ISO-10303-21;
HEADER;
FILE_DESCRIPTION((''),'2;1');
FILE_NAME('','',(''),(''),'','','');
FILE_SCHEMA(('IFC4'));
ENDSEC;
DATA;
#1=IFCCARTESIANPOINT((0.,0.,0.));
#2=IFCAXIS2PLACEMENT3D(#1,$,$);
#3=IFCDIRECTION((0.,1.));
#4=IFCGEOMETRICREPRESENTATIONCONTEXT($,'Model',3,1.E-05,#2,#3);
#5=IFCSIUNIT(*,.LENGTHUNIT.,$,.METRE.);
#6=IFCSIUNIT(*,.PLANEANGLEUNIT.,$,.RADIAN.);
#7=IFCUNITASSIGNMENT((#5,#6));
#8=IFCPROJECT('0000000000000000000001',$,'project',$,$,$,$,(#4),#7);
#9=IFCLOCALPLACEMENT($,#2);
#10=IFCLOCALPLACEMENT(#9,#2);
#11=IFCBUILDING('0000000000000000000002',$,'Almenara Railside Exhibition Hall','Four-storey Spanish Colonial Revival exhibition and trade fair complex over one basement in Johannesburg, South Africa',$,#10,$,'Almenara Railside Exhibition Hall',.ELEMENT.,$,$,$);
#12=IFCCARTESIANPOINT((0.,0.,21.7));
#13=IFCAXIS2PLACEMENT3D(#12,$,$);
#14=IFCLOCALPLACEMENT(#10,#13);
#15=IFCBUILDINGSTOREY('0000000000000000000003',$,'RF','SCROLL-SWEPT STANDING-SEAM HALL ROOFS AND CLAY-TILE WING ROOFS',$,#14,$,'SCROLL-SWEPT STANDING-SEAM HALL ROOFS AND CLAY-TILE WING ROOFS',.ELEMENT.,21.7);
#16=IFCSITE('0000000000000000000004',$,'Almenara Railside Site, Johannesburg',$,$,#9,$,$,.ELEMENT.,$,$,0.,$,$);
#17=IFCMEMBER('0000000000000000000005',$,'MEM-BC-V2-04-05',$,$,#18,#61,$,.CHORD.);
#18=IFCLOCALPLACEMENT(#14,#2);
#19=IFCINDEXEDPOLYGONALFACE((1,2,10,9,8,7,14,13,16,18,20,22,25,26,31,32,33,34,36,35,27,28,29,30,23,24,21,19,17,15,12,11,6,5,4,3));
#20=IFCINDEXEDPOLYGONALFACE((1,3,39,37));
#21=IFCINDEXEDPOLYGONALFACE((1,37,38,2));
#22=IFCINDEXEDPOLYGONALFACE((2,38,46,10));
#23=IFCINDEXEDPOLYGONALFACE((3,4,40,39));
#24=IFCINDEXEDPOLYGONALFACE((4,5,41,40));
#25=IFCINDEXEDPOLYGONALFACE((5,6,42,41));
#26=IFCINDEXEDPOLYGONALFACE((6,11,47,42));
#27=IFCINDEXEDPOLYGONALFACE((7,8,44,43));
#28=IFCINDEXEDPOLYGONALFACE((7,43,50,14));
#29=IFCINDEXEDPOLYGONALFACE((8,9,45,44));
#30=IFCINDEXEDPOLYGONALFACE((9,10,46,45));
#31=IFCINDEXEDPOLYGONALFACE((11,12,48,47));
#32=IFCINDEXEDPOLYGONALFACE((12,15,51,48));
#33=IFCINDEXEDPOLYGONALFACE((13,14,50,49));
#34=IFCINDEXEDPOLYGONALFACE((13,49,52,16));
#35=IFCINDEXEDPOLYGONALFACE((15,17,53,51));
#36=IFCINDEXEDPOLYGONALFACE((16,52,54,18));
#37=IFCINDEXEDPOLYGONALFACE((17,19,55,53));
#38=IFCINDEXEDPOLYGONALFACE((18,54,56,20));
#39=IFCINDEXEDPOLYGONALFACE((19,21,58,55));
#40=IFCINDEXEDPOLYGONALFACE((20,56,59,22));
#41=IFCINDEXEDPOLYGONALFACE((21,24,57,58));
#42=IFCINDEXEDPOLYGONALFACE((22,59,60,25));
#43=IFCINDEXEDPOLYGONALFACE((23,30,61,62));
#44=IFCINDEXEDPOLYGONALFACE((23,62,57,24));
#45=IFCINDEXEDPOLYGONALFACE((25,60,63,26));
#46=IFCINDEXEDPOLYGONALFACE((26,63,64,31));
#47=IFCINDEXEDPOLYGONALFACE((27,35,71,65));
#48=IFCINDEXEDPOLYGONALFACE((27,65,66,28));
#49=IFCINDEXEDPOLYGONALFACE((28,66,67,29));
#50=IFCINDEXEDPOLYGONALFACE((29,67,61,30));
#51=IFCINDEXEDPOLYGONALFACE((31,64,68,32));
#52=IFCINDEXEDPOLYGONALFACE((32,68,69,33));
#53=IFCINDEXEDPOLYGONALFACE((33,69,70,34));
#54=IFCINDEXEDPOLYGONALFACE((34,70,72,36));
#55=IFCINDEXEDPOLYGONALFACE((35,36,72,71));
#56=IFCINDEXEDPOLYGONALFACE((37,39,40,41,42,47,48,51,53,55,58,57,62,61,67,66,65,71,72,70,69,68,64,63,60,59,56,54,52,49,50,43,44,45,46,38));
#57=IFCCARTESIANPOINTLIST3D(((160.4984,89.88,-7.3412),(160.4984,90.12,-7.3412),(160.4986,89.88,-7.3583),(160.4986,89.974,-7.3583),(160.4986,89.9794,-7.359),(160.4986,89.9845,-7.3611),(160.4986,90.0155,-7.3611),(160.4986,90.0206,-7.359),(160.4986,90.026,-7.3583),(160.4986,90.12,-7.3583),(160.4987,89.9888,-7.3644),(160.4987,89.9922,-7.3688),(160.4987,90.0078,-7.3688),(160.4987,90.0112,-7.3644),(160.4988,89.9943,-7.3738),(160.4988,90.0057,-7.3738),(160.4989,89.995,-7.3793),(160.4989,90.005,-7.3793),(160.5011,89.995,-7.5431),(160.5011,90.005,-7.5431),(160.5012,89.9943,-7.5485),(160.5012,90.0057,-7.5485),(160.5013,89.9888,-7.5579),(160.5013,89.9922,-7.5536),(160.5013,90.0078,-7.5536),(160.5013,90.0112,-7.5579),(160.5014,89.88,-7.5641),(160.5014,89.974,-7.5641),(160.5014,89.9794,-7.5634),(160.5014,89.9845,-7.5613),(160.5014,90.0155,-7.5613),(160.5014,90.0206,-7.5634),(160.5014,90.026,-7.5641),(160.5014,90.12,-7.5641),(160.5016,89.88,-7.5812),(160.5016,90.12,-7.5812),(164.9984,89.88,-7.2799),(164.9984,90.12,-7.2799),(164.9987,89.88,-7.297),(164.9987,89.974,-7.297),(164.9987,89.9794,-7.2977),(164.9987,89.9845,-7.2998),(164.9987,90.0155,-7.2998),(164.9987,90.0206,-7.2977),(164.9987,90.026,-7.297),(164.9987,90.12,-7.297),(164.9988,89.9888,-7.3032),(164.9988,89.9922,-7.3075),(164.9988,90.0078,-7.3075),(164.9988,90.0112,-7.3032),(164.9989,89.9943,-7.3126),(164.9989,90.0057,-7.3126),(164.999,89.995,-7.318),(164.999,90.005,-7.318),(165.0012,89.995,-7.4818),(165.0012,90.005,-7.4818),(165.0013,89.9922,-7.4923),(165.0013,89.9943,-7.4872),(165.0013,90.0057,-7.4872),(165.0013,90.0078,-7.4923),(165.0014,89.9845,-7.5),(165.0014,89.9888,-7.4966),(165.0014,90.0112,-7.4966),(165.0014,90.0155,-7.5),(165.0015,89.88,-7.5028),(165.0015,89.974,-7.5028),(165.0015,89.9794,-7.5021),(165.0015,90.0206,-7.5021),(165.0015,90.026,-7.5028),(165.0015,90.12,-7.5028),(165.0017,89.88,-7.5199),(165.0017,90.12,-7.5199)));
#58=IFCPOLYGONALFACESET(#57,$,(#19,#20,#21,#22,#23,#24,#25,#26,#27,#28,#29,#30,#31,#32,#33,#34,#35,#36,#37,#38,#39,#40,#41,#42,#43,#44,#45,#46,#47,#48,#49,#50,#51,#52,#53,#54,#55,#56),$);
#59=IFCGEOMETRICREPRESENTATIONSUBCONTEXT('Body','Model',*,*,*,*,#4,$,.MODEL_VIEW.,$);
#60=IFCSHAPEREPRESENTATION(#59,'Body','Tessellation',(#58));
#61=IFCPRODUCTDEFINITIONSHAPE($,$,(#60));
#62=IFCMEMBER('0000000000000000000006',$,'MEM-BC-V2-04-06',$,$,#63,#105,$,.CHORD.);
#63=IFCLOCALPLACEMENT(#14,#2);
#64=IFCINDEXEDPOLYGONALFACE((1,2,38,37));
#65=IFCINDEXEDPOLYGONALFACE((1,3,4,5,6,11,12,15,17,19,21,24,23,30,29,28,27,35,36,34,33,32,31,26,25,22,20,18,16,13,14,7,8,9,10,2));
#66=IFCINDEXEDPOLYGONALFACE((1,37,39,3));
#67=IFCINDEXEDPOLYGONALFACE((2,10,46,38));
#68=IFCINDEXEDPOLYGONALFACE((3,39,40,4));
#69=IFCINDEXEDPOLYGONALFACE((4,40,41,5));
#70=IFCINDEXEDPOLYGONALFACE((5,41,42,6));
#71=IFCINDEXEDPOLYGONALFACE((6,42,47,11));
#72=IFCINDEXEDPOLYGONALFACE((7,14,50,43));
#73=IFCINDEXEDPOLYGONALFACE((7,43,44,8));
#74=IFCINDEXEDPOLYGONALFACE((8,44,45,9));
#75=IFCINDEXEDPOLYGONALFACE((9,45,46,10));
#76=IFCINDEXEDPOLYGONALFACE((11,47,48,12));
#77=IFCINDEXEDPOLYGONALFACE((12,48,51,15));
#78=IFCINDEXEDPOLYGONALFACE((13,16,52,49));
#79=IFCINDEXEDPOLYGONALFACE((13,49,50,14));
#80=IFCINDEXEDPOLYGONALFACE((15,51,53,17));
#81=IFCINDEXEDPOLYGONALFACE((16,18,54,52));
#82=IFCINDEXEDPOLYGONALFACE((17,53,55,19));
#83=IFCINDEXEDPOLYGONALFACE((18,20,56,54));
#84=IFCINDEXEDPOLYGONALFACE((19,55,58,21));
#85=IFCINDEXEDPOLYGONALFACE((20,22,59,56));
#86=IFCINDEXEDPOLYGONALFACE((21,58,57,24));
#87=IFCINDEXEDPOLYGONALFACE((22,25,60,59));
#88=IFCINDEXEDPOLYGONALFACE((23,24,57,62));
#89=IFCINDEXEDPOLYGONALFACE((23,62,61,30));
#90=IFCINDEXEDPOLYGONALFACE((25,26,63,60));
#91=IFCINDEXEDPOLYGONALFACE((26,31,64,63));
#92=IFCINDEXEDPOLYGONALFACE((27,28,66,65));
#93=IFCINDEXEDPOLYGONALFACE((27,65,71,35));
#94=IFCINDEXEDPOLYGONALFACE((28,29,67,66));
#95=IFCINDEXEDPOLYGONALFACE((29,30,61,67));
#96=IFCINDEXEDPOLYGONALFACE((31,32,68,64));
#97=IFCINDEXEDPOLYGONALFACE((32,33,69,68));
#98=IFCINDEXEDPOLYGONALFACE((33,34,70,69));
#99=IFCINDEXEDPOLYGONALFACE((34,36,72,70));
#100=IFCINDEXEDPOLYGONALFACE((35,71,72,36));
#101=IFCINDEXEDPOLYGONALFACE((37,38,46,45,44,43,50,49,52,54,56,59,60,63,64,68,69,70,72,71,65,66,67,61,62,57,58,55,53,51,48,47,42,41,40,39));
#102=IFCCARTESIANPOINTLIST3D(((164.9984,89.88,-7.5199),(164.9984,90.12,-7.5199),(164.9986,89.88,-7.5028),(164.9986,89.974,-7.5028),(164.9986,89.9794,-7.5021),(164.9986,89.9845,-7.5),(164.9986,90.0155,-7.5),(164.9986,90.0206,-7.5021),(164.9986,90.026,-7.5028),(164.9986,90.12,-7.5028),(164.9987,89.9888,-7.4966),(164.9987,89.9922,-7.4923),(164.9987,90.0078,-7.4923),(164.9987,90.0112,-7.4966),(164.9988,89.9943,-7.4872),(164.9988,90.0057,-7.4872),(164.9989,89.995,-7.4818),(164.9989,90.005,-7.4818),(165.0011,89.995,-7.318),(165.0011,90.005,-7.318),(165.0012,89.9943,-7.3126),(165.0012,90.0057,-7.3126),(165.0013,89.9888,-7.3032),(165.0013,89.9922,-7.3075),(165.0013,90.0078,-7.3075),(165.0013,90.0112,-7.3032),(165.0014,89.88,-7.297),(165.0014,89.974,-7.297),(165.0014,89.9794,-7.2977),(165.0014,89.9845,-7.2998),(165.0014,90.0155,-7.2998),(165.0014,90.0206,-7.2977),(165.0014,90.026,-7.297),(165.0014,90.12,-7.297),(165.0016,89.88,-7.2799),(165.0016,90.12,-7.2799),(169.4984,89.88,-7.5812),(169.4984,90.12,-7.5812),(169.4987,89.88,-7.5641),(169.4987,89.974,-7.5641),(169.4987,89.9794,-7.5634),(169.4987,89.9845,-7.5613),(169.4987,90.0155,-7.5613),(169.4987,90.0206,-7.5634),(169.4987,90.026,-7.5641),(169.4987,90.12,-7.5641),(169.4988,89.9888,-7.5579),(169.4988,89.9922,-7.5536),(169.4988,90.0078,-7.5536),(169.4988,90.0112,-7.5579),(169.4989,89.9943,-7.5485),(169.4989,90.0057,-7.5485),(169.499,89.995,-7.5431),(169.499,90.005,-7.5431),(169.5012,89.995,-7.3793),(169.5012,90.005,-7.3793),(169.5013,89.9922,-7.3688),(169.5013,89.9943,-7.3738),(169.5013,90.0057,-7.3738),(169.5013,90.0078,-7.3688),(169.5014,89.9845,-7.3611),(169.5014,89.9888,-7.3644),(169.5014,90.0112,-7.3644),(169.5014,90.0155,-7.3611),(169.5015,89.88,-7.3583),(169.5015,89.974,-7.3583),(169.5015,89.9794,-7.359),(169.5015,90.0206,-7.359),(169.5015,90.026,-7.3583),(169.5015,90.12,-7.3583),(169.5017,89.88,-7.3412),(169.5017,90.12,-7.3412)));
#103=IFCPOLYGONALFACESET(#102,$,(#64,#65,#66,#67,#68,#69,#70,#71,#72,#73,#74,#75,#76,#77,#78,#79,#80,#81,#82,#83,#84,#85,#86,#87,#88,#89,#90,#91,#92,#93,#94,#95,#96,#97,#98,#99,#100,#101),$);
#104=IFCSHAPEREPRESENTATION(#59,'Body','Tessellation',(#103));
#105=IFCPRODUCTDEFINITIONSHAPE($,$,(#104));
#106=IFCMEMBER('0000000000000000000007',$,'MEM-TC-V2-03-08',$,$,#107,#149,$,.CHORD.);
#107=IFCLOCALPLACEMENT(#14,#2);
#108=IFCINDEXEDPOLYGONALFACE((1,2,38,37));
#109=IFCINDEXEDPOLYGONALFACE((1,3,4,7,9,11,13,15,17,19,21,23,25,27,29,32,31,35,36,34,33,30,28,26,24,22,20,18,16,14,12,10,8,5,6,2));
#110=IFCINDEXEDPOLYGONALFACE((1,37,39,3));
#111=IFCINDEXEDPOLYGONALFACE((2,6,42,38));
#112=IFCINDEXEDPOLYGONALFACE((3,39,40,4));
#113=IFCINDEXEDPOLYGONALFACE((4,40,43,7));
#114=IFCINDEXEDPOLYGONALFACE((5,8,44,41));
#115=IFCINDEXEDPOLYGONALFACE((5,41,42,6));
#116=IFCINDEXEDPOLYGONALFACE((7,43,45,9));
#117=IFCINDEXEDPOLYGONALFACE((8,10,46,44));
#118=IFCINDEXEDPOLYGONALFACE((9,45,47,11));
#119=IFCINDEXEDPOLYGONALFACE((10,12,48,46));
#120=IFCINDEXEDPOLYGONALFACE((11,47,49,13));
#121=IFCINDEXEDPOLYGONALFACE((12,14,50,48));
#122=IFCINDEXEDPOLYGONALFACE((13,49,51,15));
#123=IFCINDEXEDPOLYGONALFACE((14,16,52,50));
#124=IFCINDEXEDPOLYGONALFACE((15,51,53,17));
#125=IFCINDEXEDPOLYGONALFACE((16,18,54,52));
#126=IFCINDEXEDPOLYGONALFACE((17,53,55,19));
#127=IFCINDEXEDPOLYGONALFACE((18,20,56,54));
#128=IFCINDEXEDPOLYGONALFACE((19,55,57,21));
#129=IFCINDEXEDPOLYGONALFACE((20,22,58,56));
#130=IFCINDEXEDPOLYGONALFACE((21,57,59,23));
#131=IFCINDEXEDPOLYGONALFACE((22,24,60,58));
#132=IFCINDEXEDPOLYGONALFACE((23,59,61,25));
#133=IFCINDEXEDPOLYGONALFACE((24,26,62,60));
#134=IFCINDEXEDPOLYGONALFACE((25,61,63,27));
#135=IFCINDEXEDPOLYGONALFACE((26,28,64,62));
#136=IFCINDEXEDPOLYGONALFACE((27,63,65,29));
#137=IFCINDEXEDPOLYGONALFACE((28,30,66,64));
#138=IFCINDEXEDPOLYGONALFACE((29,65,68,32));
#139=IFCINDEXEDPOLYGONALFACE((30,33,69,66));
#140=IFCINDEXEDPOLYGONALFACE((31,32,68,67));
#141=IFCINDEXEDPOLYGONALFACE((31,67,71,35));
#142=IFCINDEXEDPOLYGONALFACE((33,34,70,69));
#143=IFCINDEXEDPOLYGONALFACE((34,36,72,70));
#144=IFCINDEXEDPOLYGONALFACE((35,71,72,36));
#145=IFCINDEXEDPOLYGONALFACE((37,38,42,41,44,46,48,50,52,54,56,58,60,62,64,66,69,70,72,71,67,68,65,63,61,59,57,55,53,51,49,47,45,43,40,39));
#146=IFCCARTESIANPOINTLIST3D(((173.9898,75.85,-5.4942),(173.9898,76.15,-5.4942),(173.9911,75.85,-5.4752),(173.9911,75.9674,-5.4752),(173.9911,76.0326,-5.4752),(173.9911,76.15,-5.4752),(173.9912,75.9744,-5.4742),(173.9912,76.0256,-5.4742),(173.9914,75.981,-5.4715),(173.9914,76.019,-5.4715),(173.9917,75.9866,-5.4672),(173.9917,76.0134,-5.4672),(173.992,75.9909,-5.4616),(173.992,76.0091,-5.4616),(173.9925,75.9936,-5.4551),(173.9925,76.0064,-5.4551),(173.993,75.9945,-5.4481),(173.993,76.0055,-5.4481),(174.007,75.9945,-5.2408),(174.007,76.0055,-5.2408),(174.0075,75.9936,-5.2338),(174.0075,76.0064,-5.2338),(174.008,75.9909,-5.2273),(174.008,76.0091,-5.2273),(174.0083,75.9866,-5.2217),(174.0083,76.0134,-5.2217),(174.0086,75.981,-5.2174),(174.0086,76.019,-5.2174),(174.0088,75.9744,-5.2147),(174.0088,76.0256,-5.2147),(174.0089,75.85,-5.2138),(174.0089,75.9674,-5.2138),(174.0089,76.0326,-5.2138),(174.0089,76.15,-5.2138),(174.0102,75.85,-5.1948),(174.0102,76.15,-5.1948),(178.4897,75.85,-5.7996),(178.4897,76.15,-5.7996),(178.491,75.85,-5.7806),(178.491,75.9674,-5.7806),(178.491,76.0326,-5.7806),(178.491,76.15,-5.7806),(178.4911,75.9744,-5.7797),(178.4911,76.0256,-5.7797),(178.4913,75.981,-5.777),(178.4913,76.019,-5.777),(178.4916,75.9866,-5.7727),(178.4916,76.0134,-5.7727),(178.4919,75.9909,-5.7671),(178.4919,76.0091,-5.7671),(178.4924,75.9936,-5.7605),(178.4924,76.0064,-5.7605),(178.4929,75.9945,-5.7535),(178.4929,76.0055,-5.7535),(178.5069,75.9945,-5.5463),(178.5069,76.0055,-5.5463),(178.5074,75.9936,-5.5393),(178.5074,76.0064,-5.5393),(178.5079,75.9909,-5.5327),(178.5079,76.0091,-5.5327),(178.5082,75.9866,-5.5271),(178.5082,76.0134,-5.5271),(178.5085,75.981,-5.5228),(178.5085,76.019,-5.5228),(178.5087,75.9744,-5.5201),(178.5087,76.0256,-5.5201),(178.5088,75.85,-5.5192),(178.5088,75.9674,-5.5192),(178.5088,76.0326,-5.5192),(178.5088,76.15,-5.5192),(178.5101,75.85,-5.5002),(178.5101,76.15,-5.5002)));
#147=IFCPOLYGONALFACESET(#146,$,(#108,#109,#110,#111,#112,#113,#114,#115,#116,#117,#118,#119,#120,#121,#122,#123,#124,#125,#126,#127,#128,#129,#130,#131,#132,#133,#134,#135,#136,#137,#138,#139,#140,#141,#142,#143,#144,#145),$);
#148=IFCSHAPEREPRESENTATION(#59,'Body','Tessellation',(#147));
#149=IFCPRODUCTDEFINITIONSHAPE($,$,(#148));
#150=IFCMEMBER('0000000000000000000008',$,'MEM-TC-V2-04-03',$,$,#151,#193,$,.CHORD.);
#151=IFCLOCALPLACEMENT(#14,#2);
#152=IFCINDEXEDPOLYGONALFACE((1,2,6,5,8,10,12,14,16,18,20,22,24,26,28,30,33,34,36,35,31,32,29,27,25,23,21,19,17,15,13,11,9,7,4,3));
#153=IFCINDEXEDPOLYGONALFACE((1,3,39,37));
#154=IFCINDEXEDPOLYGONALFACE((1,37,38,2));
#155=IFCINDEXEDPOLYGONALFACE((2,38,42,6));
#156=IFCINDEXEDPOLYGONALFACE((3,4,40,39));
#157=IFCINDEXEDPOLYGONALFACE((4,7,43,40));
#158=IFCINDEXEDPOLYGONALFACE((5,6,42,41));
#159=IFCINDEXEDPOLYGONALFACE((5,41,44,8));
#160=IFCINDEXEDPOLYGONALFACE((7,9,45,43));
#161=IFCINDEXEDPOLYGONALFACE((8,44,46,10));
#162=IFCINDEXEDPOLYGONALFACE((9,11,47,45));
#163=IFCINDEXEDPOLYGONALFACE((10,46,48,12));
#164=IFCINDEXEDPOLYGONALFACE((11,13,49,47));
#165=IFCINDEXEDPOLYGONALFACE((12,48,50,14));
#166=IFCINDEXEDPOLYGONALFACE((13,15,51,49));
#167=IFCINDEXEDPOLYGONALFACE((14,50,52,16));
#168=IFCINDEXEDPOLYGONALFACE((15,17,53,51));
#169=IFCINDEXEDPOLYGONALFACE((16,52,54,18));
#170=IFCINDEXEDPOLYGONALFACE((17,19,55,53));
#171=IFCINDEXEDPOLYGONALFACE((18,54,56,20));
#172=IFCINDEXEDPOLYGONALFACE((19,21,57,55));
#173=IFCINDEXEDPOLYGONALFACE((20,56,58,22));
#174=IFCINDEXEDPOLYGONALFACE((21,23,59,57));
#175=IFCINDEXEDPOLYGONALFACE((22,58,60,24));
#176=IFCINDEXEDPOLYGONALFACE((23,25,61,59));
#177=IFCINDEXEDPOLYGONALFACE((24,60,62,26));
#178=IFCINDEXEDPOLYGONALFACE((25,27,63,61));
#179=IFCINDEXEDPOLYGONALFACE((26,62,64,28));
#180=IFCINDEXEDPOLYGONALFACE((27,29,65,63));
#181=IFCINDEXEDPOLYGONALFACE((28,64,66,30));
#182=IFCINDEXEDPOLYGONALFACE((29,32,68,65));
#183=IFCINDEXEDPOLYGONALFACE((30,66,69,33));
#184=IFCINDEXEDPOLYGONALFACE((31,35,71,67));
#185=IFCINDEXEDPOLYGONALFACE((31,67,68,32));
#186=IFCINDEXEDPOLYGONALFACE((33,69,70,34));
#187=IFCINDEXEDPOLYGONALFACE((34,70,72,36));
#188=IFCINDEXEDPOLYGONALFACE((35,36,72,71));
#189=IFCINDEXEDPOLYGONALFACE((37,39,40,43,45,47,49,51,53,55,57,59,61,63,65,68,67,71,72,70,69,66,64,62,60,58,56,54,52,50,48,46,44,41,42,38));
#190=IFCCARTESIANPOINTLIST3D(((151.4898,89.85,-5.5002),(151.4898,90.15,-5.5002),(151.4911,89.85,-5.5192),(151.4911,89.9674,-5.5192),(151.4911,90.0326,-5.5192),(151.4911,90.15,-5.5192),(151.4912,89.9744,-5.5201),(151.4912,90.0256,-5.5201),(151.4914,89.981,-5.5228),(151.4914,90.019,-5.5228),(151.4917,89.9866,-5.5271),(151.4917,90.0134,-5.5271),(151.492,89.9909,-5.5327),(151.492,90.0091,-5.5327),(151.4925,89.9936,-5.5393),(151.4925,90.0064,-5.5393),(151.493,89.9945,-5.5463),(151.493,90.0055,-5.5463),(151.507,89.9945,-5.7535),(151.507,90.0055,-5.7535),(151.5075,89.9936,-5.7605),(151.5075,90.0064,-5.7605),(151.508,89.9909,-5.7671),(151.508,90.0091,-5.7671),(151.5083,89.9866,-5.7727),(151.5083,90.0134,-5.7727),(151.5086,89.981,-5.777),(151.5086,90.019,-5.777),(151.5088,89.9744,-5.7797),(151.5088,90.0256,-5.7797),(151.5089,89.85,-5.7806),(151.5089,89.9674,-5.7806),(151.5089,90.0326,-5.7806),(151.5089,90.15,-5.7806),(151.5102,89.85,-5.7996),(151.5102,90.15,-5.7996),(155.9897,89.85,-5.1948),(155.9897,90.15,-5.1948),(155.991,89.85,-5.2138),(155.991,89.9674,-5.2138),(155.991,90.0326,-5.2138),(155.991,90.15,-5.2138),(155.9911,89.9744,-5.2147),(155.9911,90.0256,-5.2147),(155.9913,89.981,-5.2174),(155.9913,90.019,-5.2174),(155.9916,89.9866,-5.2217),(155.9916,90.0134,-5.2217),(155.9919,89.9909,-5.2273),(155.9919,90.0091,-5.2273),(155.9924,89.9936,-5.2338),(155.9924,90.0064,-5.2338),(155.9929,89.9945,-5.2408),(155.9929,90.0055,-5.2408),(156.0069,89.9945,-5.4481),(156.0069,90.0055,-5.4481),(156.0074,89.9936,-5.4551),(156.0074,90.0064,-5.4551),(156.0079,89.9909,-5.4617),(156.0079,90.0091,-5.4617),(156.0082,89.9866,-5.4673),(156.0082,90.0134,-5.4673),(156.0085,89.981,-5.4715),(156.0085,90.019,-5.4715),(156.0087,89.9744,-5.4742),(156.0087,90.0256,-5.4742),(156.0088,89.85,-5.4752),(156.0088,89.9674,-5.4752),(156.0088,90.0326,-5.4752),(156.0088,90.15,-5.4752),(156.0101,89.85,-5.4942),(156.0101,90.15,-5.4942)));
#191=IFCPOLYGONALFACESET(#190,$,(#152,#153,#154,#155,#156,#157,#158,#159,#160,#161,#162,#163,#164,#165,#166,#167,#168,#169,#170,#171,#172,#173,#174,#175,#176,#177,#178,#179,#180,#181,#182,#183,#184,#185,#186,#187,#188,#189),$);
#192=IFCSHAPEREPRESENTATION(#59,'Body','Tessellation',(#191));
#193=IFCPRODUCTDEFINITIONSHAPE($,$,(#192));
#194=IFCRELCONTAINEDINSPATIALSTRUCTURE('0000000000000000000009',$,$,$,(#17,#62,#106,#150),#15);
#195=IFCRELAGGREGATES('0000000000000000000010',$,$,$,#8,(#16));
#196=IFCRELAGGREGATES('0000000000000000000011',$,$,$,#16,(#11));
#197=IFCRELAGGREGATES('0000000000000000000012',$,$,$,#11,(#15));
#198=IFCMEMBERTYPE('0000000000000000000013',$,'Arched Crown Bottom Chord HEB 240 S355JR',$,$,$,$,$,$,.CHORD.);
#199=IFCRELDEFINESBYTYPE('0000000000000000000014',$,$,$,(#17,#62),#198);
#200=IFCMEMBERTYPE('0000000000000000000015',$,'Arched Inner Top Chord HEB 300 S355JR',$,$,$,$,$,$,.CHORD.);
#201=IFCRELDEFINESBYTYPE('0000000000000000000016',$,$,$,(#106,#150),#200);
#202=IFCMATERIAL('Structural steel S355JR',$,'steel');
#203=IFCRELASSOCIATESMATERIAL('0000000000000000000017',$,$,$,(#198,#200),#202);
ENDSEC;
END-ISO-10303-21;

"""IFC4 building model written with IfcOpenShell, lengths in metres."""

from ifc_helpers import new_model, si_unit, direction, frame, origin, origin_2d, place, context, subcontext, project, spatial, i_section, extrude, material, material_profile, profile_set, type_object, element, save


model = new_model("IFC4")

# Units and contexts
model_context = context("Model", 3, precision=1e-05, world=origin(), true_north=direction((0.0, 1.0)))
body_context = subcontext(model_context, "Body", "Model", "MODEL_VIEW")
ifc_project = project(units=[si_unit("LENGTHUNIT", "METRE"), si_unit("PLANEANGLEUNIT", "RADIAN")], contexts=[model_context])

# Site, building, storey
site_placement = place(None, origin())
site = spatial("IfcSite", under=ifc_project, at=site_placement, Name="Almenara Railside Site, Johannesburg", CompositionType="ELEMENT", RefElevation=0.0)
building_placement = place(site_placement, origin())
building = spatial("IfcBuilding", under=site, at=building_placement, Name="Almenara Railside Exhibition Hall", Description="Four-storey Spanish Colonial Revival exhibition and trade fair complex over one basement in Johannesburg, South Africa", LongName="Almenara Railside Exhibition Hall", CompositionType="ELEMENT")
storey_placement = place(building_placement, frame((0.0, 0.0, 21.7)))
storey = spatial("IfcBuildingStorey", under=building, at=storey_placement, Name="RF", Description="SCROLL-SWEPT STANDING-SEAM HALL ROOFS AND CLAY-TILE WING ROOFS", LongName="SCROLL-SWEPT STANDING-SEAM HALL ROOFS AND CLAY-TILE WING ROOFS", CompositionType="ELEMENT", Elevation=21.7)

# Members
ifc_material_1 = material(Name="Structural steel S355JR", Category="steel")
ifc_material_profile_1 = material_profile(ifc_material_1, i_section(OverallWidth=0.24, OverallDepth=0.24, WebThickness=0.01, FlangeThickness=0.0171, FilletRadius=0.021, at=origin_2d()), Name="HEB 240")
ifc_profile_set_1 = profile_set([ifc_material_profile_1], Name="Structural steel S355JR")
member_type_1 = type_object("IfcMemberType", Name="Arched Crown Bottom Chord HEB 240 S355JR", PredefinedType="CHORD", material=ifc_profile_set_1)
for number, where, z_axis, x_axis, name in (
    (1, (160.5, 90.0, -7.4612), (0.999907, 0.0, 0.013616), (0.0, 1.0, 0.0), "MEM-BC-V2-04-05"),
    (2, (165.0, 90.0, -7.3999), (0.999907, 0.0, -0.013616), (0.0, 1.0, 0.0), "MEM-BC-V2-04-06"),
):
    element("IfcMember", number, at=place(storey_placement, frame(where, z_axis=z_axis, x_axis=x_axis)), inside=storey, type_object=member_type_1, Name=name, PredefinedType="CHORD", context=body_context, shape_type="SweptSolid", body=[
        extrude(i_section(OverallWidth=0.24, OverallDepth=0.24, WebThickness=0.01, FlangeThickness=0.0171, FilletRadius=0.021, at=origin_2d()), origin(), (0.0, 0.0, 1.0), 4.5005),
    ])
ifc_material_profile_2 = material_profile(ifc_material_1, i_section(OverallWidth=0.3, OverallDepth=0.3, WebThickness=0.011, FlangeThickness=0.019, FilletRadius=0.0271, at=origin_2d()), Name="HEB 300")
ifc_profile_set_2 = profile_set([ifc_material_profile_2], Name="Structural steel S355JR")
member_type_2 = type_object("IfcMemberType", Name="Arched Inner Top Chord HEB 300 S355JR", PredefinedType="CHORD", material=ifc_profile_set_2)
for number, where, z_axis, x_axis, name in (
    (3, (174.0, 76.0, -5.3445), (0.997705, 0.0, -0.067715), (0.0, 1.0, 0.0), "MEM-TC-V2-03-08"),
    (4, (151.5, 90.0, -5.6499), (0.997705, 0.0, 0.067715), (0.0, 1.0, 0.0), "MEM-TC-V2-04-03"),
):
    element("IfcMember", number, at=place(storey_placement, frame(where, z_axis=z_axis, x_axis=x_axis)), inside=storey, type_object=member_type_2, Name=name, PredefinedType="CHORD", context=body_context, shape_type="SweptSolid", body=[
        extrude(i_section(OverallWidth=0.3, OverallDepth=0.3, WebThickness=0.011, FlangeThickness=0.019, FilletRadius=0.0271, at=origin_2d()), origin(), (0.0, 0.0, 1.0), 4.5103),
    ])

save(model, "model.ifc")
